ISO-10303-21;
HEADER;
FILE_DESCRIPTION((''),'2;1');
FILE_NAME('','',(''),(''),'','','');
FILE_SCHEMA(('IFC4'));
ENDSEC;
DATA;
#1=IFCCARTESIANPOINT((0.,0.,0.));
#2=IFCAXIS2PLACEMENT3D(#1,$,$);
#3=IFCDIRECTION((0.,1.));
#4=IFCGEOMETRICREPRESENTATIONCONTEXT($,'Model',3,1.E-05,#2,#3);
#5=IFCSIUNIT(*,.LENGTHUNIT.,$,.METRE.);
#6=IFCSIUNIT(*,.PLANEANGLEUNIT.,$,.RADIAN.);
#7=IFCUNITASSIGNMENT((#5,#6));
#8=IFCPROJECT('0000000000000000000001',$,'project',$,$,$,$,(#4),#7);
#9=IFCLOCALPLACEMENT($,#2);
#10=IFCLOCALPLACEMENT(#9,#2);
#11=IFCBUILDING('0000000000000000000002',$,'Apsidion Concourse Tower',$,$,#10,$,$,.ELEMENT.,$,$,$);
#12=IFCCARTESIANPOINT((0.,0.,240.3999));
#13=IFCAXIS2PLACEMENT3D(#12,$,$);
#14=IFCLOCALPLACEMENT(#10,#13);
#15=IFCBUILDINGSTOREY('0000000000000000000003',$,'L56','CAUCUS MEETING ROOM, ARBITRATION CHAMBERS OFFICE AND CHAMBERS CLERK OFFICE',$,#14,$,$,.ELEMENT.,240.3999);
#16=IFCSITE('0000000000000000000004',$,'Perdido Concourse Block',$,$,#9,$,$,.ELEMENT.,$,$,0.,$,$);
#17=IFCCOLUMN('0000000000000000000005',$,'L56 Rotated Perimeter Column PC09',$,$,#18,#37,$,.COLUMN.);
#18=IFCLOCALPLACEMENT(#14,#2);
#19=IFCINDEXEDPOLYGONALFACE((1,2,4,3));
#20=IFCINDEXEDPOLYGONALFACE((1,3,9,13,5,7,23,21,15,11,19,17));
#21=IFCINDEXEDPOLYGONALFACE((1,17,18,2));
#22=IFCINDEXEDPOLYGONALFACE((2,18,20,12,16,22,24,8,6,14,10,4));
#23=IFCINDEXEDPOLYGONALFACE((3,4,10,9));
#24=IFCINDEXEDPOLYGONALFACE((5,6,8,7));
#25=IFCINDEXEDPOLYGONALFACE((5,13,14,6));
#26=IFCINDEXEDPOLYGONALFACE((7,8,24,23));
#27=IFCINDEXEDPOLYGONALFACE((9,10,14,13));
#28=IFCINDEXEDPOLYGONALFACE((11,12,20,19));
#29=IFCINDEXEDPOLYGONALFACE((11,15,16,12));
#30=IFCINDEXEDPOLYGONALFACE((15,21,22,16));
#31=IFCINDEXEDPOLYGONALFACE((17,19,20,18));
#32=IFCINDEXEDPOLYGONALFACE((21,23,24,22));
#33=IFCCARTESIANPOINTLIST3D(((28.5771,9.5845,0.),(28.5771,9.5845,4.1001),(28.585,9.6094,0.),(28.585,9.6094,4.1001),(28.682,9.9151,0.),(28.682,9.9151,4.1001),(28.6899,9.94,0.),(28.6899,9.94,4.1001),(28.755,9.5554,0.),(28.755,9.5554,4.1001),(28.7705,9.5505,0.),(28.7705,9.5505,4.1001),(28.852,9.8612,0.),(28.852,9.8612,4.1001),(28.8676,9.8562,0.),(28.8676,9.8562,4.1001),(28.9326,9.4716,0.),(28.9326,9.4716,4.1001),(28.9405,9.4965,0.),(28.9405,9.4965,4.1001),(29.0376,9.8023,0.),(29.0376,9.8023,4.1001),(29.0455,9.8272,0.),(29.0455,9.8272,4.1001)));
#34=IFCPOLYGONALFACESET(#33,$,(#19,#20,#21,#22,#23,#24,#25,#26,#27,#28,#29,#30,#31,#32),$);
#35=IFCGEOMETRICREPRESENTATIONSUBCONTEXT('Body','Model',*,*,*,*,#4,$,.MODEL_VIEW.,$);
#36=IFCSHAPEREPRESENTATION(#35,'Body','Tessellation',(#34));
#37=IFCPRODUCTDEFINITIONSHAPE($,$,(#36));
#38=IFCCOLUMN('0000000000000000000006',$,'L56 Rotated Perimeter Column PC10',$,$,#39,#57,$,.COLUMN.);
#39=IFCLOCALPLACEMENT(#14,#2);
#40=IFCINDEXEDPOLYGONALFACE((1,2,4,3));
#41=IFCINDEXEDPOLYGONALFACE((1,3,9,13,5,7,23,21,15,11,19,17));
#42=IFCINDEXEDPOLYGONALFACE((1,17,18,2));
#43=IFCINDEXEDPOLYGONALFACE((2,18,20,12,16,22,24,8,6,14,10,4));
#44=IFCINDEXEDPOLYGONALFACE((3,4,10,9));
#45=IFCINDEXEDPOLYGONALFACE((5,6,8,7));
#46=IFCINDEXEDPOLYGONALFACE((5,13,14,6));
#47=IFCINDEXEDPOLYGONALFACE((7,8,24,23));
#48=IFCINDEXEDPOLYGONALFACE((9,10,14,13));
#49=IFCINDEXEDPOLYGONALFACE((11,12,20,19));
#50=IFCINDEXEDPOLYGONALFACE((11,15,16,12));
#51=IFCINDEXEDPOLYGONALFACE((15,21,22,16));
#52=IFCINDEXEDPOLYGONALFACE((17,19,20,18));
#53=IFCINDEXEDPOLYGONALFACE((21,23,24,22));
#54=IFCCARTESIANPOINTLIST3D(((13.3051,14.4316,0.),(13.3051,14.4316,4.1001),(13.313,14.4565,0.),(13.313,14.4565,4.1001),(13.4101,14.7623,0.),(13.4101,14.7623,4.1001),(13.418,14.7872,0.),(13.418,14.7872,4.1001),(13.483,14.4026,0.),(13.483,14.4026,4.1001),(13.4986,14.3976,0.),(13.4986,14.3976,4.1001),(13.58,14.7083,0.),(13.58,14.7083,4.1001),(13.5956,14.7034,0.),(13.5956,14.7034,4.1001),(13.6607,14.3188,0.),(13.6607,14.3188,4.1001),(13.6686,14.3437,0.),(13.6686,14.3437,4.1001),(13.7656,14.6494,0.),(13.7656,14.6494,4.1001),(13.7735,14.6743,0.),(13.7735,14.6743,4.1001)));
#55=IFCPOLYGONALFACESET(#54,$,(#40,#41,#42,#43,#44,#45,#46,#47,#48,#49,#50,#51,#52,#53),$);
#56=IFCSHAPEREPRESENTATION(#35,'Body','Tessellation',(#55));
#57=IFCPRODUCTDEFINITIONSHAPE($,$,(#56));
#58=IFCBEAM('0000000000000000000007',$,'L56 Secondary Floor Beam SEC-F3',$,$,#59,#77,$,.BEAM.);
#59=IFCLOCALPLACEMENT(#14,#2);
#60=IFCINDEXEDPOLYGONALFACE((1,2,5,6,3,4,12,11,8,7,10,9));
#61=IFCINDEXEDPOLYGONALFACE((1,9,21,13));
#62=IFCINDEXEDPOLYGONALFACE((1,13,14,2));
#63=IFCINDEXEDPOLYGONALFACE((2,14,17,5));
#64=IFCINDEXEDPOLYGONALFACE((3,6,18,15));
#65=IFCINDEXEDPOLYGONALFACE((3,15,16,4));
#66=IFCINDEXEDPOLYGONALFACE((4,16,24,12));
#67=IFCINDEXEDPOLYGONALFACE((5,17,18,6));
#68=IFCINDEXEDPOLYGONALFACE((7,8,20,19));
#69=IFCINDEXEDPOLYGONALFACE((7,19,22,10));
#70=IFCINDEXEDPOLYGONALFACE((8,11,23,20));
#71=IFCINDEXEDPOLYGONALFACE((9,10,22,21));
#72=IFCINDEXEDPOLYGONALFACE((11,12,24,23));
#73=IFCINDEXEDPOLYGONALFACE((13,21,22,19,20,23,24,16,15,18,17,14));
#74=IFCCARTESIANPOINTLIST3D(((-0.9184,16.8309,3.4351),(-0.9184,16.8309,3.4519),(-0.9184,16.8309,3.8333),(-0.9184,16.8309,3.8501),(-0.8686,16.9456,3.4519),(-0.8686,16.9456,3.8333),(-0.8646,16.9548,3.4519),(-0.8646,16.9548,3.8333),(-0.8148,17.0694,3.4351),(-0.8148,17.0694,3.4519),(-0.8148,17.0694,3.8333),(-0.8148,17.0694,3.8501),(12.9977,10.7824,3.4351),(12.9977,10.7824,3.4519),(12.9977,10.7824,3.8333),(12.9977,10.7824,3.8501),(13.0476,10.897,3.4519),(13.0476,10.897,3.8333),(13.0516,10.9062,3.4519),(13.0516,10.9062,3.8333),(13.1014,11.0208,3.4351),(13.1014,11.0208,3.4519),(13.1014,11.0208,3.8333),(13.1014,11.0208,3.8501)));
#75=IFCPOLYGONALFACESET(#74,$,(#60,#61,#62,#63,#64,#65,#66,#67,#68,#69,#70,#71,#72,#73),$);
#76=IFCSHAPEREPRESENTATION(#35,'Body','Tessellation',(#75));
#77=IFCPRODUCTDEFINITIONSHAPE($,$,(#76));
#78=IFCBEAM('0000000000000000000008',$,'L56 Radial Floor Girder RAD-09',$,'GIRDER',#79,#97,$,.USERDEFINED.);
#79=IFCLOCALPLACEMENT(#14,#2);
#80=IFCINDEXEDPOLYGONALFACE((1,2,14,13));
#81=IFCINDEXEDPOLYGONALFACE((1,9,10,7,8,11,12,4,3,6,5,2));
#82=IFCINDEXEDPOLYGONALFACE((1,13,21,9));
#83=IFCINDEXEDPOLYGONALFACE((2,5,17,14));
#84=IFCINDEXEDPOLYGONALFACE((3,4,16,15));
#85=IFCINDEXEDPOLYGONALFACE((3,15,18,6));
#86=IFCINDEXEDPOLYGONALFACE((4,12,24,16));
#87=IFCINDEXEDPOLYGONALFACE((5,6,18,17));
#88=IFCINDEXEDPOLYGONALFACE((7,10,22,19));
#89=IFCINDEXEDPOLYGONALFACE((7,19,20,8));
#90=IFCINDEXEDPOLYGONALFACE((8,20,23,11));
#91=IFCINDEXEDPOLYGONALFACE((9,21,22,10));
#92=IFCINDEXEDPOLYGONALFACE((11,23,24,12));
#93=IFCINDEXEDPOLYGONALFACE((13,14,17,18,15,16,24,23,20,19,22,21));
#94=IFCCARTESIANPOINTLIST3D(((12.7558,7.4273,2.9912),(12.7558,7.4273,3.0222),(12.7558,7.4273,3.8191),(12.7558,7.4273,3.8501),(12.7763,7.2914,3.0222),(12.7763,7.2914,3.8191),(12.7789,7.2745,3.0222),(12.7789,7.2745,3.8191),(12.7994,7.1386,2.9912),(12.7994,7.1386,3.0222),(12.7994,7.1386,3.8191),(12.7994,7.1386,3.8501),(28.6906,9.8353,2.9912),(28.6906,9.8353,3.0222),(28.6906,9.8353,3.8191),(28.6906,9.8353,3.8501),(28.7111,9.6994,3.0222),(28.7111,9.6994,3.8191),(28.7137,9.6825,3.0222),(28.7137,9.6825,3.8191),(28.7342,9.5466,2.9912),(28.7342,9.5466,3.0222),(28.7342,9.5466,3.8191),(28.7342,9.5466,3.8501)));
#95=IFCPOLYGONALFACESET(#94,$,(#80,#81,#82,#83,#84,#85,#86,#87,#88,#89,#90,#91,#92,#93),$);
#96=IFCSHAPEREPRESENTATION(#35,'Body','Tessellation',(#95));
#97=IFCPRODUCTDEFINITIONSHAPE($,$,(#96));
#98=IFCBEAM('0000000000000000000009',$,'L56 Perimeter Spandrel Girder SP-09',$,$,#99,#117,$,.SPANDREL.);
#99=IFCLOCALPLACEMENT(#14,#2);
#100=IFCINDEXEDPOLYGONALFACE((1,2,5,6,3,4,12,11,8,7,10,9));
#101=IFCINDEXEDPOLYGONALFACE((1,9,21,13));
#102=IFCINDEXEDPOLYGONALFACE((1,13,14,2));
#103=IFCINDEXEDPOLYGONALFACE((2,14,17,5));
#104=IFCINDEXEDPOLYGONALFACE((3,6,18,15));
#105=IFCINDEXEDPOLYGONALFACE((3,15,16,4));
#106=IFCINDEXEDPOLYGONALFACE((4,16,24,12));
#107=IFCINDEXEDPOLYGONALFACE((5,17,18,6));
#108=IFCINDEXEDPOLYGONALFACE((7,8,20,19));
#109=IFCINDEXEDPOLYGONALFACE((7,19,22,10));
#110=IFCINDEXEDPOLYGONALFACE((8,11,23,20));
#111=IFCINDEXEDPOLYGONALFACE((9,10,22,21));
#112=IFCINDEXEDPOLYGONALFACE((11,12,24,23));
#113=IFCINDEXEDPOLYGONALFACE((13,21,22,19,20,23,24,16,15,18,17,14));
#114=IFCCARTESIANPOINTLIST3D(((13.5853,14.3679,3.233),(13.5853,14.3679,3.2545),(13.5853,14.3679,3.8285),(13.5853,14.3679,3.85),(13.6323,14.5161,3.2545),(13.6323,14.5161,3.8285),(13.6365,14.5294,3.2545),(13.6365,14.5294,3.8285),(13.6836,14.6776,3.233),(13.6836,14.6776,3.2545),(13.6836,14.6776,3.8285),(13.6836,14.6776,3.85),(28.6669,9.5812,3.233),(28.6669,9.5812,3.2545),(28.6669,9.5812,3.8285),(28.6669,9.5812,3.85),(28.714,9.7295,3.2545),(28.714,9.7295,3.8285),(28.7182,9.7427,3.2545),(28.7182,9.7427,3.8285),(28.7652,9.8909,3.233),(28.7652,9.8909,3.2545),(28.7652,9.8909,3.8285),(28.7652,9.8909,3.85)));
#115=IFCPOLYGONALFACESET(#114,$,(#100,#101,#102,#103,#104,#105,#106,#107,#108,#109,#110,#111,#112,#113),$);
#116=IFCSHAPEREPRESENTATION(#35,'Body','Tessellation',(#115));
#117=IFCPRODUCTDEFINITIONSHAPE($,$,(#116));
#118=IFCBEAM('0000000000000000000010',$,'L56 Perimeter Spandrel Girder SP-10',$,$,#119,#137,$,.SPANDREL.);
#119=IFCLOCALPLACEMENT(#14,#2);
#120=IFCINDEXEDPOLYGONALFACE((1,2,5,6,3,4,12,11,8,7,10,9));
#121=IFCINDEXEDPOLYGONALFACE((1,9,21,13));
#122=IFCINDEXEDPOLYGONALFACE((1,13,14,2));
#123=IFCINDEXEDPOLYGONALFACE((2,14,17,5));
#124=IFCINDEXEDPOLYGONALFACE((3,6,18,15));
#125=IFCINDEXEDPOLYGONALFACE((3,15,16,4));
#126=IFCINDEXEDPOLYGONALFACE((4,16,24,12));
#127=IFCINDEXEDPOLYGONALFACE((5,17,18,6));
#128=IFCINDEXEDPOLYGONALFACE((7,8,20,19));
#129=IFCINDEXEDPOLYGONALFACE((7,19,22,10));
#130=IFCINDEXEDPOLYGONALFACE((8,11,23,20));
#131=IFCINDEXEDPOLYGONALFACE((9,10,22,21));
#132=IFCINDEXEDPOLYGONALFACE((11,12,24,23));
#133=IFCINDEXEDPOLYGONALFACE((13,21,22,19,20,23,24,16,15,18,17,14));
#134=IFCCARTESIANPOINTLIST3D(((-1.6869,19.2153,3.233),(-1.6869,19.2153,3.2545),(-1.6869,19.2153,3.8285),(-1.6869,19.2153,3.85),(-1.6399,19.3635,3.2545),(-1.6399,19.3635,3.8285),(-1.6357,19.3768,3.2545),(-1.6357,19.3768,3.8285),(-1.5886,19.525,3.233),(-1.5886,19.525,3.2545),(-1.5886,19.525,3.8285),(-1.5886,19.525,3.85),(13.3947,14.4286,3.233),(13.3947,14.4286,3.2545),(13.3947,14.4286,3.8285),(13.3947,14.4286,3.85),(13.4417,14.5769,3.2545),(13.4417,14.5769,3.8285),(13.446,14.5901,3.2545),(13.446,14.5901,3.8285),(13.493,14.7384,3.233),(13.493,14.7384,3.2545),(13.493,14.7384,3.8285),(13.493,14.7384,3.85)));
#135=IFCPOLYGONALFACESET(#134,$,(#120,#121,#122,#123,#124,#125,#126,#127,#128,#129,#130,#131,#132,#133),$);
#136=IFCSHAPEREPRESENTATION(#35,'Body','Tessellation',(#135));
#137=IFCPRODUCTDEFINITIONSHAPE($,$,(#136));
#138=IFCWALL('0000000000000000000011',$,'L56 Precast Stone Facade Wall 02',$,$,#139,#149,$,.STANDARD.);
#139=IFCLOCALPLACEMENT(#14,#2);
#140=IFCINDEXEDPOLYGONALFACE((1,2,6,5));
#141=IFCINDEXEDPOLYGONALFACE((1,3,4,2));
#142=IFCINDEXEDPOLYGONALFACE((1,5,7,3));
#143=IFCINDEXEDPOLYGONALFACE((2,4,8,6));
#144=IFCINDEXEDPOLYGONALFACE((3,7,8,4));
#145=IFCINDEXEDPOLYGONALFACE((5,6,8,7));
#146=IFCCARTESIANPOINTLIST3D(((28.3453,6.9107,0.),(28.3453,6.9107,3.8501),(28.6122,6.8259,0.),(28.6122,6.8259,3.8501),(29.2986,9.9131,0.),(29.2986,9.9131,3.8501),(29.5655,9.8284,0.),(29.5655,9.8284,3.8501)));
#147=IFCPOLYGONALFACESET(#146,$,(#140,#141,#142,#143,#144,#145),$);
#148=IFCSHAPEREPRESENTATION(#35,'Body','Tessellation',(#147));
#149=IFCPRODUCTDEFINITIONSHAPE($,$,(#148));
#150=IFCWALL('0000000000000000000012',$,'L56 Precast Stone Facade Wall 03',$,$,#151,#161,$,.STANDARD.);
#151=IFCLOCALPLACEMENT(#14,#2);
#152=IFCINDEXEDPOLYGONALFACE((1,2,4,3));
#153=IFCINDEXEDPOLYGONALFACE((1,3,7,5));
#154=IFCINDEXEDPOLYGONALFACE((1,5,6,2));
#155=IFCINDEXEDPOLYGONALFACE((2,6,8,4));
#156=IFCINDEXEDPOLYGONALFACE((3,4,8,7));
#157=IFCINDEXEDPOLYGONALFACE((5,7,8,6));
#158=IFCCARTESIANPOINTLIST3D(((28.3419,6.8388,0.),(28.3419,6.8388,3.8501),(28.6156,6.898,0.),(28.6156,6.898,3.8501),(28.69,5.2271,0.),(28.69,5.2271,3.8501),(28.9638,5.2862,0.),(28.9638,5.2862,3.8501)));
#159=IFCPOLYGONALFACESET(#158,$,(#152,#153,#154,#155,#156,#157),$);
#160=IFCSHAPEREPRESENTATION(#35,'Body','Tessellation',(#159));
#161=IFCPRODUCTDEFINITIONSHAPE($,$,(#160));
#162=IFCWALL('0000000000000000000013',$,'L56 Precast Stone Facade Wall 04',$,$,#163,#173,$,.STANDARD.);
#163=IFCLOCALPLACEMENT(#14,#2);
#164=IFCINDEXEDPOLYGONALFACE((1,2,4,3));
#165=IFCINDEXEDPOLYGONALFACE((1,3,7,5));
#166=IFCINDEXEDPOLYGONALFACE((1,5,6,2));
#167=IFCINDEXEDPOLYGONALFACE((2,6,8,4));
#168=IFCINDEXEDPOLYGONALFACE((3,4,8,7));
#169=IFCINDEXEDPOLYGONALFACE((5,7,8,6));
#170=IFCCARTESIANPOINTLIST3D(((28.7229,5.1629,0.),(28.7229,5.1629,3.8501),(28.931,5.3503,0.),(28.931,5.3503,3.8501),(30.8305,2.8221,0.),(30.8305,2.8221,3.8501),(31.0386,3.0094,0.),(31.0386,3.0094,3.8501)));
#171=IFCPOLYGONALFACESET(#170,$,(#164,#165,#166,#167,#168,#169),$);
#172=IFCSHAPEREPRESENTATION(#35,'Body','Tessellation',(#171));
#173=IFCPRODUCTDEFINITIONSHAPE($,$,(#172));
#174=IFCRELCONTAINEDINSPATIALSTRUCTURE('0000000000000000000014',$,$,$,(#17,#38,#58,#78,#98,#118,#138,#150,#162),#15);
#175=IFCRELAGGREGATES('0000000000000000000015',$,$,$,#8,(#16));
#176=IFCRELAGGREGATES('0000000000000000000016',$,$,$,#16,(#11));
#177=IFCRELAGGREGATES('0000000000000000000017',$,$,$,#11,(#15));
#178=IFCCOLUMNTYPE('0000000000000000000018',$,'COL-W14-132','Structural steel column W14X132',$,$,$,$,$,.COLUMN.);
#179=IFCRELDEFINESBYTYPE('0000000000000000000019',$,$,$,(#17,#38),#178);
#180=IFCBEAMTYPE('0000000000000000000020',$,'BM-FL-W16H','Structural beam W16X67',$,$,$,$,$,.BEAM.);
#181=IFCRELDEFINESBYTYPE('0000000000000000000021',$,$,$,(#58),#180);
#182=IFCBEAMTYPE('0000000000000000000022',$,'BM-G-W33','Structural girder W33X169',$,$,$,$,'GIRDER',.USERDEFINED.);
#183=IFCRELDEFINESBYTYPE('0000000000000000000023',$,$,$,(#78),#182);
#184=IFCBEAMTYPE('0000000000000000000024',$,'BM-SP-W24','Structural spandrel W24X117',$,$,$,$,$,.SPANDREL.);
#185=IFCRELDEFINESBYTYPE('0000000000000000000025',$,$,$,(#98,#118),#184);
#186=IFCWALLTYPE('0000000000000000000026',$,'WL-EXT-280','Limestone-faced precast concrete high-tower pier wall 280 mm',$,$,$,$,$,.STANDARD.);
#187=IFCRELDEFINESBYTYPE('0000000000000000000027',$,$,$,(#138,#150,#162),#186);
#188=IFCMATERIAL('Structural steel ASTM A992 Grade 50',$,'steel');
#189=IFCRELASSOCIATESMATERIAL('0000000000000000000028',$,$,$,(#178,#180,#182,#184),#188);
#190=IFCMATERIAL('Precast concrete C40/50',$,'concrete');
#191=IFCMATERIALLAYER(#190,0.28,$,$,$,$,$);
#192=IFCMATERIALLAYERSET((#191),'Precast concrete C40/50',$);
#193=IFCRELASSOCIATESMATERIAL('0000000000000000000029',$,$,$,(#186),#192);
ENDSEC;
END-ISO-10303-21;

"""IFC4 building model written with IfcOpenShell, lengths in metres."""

from ifc_helpers import new_model, si_unit, direction, frame, frame_2d, origin, origin_2d, place, context, subcontext, project, spatial, rectangle, i_section, extrude, material, layer, layer_set, material_profile, profile_set, type_object, element, save


model = new_model("IFC4")

# Units and contexts
model_context = context("Model", 3, precision=1e-05, world=origin(), true_north=direction((0.0, 1.0)))
body_context = subcontext(model_context, "Body", "Model", "MODEL_VIEW")
ifc_project = project(units=[si_unit("LENGTHUNIT", "METRE"), si_unit("PLANEANGLEUNIT", "RADIAN")], contexts=[model_context])

# Site, building, storey
site_placement = place(None, origin())
site = spatial("IfcSite", under=ifc_project, at=site_placement, Name="Perdido Concourse Block", CompositionType="ELEMENT", RefElevation=0.0)
building_placement = place(site_placement, origin())
building = spatial("IfcBuilding", under=site, at=building_placement, Name="Apsidion Concourse Tower", CompositionType="ELEMENT")
storey_placement = place(building_placement, frame((0.0, 0.0, 240.3999)))
storey = spatial("IfcBuildingStorey", under=building, at=storey_placement, Name="L56", Description="CAUCUS MEETING ROOM, ARBITRATION CHAMBERS OFFICE AND CHAMBERS CLERK OFFICE", CompositionType="ELEMENT", Elevation=240.3999)

# Columns
ifc_material_1 = material(Name="Structural steel ASTM A992 Grade 50", Category="steel")
ifc_material_profile_1 = material_profile(ifc_material_1, i_section(OverallWidth=0.373, OverallDepth=0.373, WebThickness=0.0164, FlangeThickness=0.0261, at=origin_2d()), Name="W14X132")
ifc_profile_set_1 = profile_set([ifc_material_profile_1], Name="Structural steel ASTM A992 Grade 50")
column_type = type_object("IfcColumnType", Name="COL-W14-132", Description="Structural steel column W14X132", PredefinedType="COLUMN", material=ifc_profile_set_1)
for number, where, z_axis, x_axis, name in (
    (1, (28.8113, 9.7058, 0.0), (0.0, 0.0, 1.0), (-0.953138, 0.302536, 0.0), "L56 Rotated Perimeter Column PC09"),
    (2, (13.5393, 14.553, 0.0), (0.0, 0.0, 1.0), (-0.953138, 0.302536, 0.0), "L56 Rotated Perimeter Column PC10"),
):
    element("IfcColumn", number, at=place(storey_placement, frame(where, z_axis=z_axis, x_axis=x_axis)), inside=storey, type_object=column_type, Name=name, PredefinedType="COLUMN", context=body_context, shape_type="SweptSolid", body=[
        extrude(i_section(OverallWidth=0.373, OverallDepth=0.373, WebThickness=0.0164, FlangeThickness=0.0261, at=origin_2d()), origin(), (0.0, 0.0, 1.0), 4.1001),
    ])

# Beams
ifc_material_profile_2 = material_profile(ifc_material_1, i_section(OverallWidth=0.26, OverallDepth=0.415, WebThickness=0.01, FlangeThickness=0.0168, at=origin_2d()), Name="W16X67")
ifc_profile_set_2 = profile_set([ifc_material_profile_2], Name="Structural steel ASTM A992 Grade 50")
beam_type_1 = type_object("IfcBeamType", Name="BM-FL-W16H", Description="Structural beam W16X67", PredefinedType="BEAM", material=ifc_profile_set_2)
beam_1_placement = place(storey_placement, frame((13.0496, 10.9016, 3.6426), z_axis=(-0.917117, 0.398617, 0.0), x_axis=(-0.398617, -0.917117, 0.0)))
element("IfcBeam", 3, at=beam_1_placement, inside=storey, type_object=beam_type_1, Name="L56 Secondary Floor Beam SEC-F3", PredefinedType="BEAM", context=body_context, shape_type="SweptSolid", body=[
    extrude(i_section(OverallWidth=0.26, OverallDepth=0.415, WebThickness=0.01, FlangeThickness=0.0168, at=origin_2d()), origin(), (0.0, 0.0, 1.0), 15.1738),
])
ifc_material_profile_3 = material_profile(ifc_material_1, i_section(OverallWidth=0.292, OverallDepth=0.8589, WebThickness=0.0171, FlangeThickness=0.031, at=origin_2d()), Name="W33X169")
ifc_profile_set_3 = profile_set([ifc_material_profile_3], Name="Structural steel ASTM A992 Grade 50")
beam_type_2 = type_object("IfcBeamType", Name="BM-G-W33", Description="Structural girder W33X169", ElementType="GIRDER", PredefinedType="USERDEFINED", material=ifc_profile_set_3)
beam_2_placement = place(storey_placement, frame((12.7776, 7.283, 3.4207), z_axis=(0.988774, 0.149417, 0.0), x_axis=(-0.149417, 0.988774, 0.0)))
element("IfcBeam", 4, at=beam_2_placement, inside=storey, type_object=beam_type_2, Name="L56 Radial Floor Girder RAD-09", ObjectType="GIRDER", PredefinedType="USERDEFINED", context=body_context, shape_type="SweptSolid", body=[
    extrude(i_section(OverallWidth=0.292, OverallDepth=0.8589, WebThickness=0.0171, FlangeThickness=0.031, at=origin_2d()), origin(), (0.0, 0.0, 1.0), 16.1157),
])
ifc_material_profile_4 = material_profile(ifc_material_1, i_section(OverallWidth=0.325, OverallDepth=0.6169, WebThickness=0.0139, FlangeThickness=0.0215, at=origin_2d()), Name="W24X117")
ifc_profile_set_4 = profile_set([ifc_material_profile_4], Name="Structural steel ASTM A992 Grade 50")
beam_type_3 = type_object("IfcBeamType", Name="BM-SP-W24", Description="Structural spandrel W24X117", PredefinedType="SPANDREL", material=ifc_profile_set_4)
for number, where, z_axis, x_axis, name in (
    (5, (28.7161, 9.7361, 3.5415), (-0.953146, 0.302512, 0.0), (-0.302512, -0.953146, 0.0), "L56 Perimeter Spandrel Girder SP-09"),
    (6, (13.4438, 14.5835, 3.5415), (-0.953146, 0.302512, 0.0), (-0.302512, -0.953146, 0.0), "L56 Perimeter Spandrel Girder SP-10"),
):
    element("IfcBeam", number, at=place(storey_placement, frame(where, z_axis=z_axis, x_axis=x_axis)), inside=storey, type_object=beam_type_3, Name=name, PredefinedType="SPANDREL", context=body_context, shape_type="SweptSolid", body=[
        extrude(i_section(OverallWidth=0.325, OverallDepth=0.6169, WebThickness=0.0139, FlangeThickness=0.0215, at=origin_2d()), origin(), (0.0, 0.0, 1.0), 15.823),
    ])

# Walls
ifc_material_2 = material(Name="Precast concrete C40/50", Category="concrete")
ifc_layer_1 = layer(ifc_material_2, 0.28)
ifc_layer_set_1 = layer_set([ifc_layer_1], Name="Precast concrete C40/50")
wall_type_1 = type_object("IfcWallType", Name="WL-EXT-280", Description="Limestone-faced precast concrete high-tower pier wall 280 mm", PredefinedType="STANDARD", material=ifc_layer_set_1)
wall_1_placement = place(storey_placement, frame((29.4321, 9.8708, 0.0), z_axis=(0.0, 0.0, 1.0), x_axis=(-0.302641, -0.953105, 0.0)))
element("IfcWall", 7, at=wall_1_placement, inside=storey, type_object=wall_type_1, Name="L56 Precast Stone Facade Wall 02", PredefinedType="STANDARD", context=body_context, shape_type="SweptSolid", body=[
    extrude(rectangle(XDim=3.1501, YDim=0.28, at=frame_2d((1.5752, 0.0))), origin(), (0.0, 0.0, 1.0), 3.8501),
])
wall_2_placement = place(storey_placement, frame((28.4788, 6.8684, 0.0), z_axis=(0.0, 0.0, 1.0), x_axis=(0.211126, -0.977459, 0.0)))
element("IfcWall", 8, at=wall_2_placement, inside=storey, type_object=wall_type_1, Name="L56 Precast Stone Facade Wall 03", PredefinedType="STANDARD", context=body_context, shape_type="SweptSolid", body=[
    extrude(rectangle(XDim=1.6489, YDim=0.28, at=frame_2d((0.8245, 0.0))), origin(), (0.0, 0.0, 1.0), 3.8501),
])
wall_3_placement = place(storey_placement, frame((28.8269, 5.2566, 0.0), z_axis=(0.0, 0.0, 1.0), x_axis=(0.669127, -0.743148, 0.0)))
element("IfcWall", 9, at=wall_3_placement, inside=storey, type_object=wall_type_1, Name="L56 Precast Stone Facade Wall 04", PredefinedType="STANDARD", context=body_context, shape_type="SweptSolid", body=[
    extrude(rectangle(XDim=3.1499, YDim=0.28, at=frame_2d((1.575, 0.0))), origin(), (0.0, 0.0, 1.0), 3.8501),
])

save(model, "model.ifc")
